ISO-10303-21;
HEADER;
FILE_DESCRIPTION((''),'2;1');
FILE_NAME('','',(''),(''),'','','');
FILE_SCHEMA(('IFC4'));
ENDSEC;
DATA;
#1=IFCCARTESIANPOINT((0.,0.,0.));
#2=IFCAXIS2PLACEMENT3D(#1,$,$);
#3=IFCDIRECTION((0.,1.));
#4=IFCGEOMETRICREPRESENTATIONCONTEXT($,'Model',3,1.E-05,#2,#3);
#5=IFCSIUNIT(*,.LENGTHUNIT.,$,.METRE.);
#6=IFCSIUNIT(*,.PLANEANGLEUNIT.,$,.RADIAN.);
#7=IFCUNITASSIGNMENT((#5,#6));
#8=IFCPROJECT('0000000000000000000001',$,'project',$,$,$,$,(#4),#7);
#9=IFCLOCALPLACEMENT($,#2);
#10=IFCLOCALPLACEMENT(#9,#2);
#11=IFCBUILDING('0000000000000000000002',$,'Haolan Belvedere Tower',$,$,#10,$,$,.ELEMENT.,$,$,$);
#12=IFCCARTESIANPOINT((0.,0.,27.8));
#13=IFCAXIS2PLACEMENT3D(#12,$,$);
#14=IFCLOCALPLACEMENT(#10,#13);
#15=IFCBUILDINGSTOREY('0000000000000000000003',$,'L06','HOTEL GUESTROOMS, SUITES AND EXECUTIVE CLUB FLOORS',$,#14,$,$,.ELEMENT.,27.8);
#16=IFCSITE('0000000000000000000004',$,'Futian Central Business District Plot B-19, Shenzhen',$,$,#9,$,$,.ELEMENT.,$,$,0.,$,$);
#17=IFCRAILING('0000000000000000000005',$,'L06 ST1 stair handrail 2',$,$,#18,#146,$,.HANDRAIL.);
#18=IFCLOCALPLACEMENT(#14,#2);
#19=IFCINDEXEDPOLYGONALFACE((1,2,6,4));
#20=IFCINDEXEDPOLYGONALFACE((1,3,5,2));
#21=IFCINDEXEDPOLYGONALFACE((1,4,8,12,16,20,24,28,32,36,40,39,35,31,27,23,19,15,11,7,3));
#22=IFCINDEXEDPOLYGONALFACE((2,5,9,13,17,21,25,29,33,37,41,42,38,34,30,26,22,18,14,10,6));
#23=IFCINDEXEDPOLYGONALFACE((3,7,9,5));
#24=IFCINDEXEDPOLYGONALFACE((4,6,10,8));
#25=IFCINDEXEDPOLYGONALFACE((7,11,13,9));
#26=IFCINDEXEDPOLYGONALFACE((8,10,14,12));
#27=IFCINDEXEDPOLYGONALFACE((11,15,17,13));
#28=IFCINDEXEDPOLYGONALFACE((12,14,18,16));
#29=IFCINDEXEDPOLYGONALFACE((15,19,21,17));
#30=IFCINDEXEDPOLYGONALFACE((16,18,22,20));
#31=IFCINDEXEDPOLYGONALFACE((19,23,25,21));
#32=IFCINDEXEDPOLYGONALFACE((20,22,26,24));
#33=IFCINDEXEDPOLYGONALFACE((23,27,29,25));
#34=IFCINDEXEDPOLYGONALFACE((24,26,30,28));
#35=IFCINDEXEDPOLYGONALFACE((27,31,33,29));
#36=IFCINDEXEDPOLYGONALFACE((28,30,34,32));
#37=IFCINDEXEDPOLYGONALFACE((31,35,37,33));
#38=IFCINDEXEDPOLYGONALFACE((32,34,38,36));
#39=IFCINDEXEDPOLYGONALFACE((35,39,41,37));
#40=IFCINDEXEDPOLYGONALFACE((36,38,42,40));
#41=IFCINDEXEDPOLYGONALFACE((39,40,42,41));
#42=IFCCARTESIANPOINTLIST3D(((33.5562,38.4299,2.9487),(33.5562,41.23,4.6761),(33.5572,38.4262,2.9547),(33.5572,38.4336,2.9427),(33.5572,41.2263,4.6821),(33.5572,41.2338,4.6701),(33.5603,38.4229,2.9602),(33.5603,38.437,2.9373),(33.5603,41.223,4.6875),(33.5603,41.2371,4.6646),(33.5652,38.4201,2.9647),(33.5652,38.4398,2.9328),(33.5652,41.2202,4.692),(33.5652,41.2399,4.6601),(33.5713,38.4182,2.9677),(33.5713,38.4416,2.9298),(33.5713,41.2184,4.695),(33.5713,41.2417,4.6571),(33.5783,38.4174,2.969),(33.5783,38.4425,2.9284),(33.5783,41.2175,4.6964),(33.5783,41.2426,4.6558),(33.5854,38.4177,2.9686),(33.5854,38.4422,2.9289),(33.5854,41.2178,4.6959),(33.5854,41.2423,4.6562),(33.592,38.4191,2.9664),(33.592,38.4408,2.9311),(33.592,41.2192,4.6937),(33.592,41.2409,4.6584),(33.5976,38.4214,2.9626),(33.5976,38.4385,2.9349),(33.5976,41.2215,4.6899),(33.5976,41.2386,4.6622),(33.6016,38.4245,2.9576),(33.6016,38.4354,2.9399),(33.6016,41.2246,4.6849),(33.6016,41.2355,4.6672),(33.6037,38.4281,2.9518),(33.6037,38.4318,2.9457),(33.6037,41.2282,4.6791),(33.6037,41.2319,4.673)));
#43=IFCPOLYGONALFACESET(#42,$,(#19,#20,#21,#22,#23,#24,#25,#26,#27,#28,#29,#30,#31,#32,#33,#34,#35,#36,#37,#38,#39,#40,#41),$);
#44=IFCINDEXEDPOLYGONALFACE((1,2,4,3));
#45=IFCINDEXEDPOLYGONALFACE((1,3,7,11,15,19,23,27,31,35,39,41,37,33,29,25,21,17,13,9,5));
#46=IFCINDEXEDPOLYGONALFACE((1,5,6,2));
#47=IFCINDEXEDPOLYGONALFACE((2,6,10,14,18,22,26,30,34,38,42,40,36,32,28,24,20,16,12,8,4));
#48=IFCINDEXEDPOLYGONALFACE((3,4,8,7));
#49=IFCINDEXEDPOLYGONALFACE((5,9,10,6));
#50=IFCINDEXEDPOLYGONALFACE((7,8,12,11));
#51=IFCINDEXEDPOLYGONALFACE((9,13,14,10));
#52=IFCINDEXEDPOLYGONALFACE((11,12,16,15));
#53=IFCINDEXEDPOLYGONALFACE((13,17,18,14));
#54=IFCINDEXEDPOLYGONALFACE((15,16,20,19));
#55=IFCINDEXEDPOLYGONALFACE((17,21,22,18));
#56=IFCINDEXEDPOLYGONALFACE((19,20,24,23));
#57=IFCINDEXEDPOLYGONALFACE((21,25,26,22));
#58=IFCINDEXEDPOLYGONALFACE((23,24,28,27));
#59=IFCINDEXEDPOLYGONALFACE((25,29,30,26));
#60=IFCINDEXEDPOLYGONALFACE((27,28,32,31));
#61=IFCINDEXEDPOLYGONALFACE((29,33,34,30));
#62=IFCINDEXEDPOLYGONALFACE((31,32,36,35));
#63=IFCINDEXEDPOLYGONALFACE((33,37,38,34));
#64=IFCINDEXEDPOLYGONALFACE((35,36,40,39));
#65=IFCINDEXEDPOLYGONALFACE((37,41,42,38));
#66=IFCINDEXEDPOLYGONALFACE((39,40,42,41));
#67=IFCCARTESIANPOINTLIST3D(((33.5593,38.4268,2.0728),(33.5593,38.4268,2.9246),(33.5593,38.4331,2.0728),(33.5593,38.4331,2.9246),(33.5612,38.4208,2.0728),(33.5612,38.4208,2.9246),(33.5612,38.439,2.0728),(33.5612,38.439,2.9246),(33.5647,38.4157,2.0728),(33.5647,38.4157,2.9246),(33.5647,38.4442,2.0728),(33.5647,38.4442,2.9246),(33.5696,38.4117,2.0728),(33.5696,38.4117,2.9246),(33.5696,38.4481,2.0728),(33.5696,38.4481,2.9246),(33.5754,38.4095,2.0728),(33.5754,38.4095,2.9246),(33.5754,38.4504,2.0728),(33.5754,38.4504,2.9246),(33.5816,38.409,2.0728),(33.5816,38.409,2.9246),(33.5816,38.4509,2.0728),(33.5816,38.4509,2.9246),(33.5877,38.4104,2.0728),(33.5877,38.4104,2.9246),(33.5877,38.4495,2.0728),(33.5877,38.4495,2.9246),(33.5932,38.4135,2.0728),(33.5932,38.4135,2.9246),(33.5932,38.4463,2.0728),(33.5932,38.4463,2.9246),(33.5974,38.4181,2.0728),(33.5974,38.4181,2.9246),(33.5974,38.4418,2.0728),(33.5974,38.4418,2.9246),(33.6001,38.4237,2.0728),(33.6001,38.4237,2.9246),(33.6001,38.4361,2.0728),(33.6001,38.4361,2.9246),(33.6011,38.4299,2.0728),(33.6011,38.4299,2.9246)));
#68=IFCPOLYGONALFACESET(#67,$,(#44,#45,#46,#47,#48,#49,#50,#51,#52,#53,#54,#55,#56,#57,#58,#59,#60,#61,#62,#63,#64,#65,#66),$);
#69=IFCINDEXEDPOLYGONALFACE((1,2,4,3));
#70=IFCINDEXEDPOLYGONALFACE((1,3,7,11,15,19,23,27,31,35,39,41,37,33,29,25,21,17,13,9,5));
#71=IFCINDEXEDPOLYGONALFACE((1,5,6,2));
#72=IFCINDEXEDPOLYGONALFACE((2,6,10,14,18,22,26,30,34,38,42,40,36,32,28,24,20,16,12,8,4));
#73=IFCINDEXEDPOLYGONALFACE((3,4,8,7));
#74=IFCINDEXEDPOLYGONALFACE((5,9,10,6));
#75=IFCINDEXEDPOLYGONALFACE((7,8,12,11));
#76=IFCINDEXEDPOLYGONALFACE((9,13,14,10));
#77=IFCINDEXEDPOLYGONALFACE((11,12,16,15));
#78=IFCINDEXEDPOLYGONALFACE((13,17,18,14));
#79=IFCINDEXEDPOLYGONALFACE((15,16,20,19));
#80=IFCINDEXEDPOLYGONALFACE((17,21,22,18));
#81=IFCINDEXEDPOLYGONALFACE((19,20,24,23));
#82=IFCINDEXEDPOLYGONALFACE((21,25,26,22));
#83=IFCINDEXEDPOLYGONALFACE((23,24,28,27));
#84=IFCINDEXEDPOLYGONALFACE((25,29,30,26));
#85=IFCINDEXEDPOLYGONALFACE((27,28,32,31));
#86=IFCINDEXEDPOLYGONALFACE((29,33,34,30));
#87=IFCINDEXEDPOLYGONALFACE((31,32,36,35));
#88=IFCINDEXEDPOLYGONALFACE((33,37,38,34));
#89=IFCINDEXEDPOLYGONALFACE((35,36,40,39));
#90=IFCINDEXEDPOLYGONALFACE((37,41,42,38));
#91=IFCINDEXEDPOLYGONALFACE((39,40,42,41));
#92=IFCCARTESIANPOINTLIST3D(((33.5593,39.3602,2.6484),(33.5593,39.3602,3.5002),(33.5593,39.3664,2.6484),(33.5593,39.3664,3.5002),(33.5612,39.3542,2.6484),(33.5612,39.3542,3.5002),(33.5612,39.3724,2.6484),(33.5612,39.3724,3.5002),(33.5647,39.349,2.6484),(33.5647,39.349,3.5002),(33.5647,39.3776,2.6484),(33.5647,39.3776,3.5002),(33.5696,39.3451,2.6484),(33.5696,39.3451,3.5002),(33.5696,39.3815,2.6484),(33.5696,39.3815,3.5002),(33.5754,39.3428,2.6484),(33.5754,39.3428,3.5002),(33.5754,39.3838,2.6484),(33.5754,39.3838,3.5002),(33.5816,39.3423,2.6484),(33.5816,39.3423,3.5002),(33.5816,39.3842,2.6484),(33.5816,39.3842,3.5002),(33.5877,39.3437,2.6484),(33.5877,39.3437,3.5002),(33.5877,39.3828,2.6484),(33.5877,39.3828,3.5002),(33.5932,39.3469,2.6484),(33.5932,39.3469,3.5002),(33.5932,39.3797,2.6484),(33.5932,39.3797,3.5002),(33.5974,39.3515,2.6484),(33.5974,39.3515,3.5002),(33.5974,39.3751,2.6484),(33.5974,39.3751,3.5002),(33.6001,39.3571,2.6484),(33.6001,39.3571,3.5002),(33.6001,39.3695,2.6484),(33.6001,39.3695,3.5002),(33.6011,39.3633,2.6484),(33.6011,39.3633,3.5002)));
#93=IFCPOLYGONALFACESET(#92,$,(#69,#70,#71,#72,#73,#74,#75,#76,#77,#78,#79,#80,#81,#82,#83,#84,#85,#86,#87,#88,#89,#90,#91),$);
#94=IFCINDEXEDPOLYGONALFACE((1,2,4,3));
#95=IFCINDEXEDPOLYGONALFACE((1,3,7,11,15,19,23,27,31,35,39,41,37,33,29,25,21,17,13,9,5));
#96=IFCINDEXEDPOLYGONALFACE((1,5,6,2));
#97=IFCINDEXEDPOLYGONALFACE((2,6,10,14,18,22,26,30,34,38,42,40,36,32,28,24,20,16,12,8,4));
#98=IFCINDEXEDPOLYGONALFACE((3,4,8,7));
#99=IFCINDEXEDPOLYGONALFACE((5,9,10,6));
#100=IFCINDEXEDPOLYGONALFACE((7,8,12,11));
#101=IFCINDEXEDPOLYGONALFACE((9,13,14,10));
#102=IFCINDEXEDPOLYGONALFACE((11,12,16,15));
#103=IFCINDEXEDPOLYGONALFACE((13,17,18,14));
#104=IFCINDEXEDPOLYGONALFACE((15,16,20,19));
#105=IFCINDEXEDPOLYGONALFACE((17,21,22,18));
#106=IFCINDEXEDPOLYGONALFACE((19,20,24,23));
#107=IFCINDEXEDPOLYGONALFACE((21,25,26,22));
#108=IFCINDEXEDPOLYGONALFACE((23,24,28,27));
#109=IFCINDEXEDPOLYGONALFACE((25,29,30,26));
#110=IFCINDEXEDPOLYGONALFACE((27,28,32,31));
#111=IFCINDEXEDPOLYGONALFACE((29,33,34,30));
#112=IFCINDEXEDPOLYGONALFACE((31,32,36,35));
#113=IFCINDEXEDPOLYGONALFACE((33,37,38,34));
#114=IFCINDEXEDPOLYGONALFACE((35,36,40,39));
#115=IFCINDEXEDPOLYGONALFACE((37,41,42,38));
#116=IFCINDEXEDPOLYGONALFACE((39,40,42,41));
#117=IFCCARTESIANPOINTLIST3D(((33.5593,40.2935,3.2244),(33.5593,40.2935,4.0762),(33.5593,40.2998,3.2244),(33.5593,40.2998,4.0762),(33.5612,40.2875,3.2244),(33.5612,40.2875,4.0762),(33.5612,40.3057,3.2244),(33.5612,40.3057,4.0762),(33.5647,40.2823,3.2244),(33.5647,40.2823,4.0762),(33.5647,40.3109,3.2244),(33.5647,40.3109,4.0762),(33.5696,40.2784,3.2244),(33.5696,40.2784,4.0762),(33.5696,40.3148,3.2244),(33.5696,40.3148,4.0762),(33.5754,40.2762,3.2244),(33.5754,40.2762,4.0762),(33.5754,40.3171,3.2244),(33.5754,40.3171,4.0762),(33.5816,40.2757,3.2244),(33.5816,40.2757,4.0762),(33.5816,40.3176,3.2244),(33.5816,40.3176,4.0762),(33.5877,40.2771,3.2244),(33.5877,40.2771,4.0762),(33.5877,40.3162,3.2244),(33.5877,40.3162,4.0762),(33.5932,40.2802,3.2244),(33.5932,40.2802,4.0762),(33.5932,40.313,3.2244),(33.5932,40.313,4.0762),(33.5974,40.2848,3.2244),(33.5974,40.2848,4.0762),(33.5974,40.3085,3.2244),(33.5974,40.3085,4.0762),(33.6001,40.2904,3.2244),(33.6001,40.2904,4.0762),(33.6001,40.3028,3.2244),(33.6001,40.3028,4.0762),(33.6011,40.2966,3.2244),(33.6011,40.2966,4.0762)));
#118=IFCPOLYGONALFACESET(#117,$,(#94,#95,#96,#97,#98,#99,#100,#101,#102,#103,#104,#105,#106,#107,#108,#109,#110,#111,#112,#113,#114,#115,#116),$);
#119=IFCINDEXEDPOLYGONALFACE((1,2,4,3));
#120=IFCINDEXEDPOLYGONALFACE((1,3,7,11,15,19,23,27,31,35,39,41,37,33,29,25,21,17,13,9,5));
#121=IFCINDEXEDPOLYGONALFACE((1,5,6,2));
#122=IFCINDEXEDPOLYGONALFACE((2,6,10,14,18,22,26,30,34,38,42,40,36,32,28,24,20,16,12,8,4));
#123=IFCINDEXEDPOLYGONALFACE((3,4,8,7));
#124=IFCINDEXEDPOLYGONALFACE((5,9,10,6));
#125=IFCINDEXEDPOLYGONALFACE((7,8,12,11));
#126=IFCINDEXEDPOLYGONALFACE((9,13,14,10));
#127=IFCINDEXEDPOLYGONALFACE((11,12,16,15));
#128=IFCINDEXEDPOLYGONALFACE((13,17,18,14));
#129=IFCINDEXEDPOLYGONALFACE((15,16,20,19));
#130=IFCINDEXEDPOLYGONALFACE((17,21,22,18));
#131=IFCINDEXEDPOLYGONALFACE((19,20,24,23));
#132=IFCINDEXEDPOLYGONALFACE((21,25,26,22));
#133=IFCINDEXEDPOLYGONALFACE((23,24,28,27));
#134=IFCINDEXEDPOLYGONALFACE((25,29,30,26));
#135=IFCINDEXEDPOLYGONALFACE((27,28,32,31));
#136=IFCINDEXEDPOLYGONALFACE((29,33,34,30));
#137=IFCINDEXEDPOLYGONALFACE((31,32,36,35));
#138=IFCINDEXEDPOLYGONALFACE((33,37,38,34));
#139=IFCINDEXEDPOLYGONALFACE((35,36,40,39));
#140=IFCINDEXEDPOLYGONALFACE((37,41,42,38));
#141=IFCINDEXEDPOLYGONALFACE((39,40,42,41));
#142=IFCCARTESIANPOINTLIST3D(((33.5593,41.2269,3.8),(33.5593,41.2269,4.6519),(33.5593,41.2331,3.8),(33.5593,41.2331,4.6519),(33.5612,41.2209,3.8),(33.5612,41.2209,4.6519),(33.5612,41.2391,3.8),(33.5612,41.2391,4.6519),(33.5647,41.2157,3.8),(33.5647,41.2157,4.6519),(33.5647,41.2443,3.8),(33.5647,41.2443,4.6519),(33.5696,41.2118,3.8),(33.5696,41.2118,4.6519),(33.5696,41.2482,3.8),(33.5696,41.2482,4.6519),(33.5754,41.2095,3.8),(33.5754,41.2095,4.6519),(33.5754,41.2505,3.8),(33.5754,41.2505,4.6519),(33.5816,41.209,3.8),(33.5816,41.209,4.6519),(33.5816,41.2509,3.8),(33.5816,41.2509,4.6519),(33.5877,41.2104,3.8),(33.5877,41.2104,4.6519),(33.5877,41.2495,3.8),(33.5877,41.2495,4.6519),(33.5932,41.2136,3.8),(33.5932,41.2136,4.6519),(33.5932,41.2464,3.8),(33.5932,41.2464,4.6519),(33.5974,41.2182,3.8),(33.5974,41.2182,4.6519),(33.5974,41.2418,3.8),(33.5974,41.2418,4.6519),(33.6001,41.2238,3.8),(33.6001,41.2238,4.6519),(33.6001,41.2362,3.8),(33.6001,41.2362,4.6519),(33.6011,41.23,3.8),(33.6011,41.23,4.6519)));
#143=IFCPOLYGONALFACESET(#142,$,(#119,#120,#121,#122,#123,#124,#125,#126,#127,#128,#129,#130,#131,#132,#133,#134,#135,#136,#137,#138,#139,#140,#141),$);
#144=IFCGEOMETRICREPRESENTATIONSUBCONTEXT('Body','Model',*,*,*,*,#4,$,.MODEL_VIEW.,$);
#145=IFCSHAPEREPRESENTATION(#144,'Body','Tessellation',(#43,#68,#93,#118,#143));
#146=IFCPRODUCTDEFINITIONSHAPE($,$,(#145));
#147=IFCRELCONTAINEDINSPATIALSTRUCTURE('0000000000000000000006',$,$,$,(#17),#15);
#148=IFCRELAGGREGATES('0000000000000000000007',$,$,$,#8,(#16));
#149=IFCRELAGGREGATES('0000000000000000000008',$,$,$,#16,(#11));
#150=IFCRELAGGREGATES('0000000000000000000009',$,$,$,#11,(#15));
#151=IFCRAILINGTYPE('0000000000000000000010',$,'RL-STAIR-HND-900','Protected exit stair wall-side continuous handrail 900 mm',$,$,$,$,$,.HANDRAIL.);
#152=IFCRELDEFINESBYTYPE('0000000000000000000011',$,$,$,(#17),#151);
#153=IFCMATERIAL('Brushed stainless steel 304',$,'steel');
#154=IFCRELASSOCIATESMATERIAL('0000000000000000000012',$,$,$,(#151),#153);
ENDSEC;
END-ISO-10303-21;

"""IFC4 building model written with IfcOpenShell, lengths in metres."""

from ifc_helpers import new_model, si_unit, direction, frame, origin, origin_2d, place, context, subcontext, project, spatial, circle, extrude, material, type_object, element, save


model = new_model("IFC4")

# Units and contexts
model_context = context("Model", 3, precision=1e-05, world=origin(), true_north=direction((0.0, 1.0)))
body_context = subcontext(model_context, "Body", "Model", "MODEL_VIEW")
ifc_project = project(units=[si_unit("LENGTHUNIT", "METRE"), si_unit("PLANEANGLEUNIT", "RADIAN")], contexts=[model_context])

# Site, building, storey
site_placement = place(None, origin())
site = spatial("IfcSite", under=ifc_project, at=site_placement, Name="Futian Central Business District Plot B-19, Shenzhen", CompositionType="ELEMENT", RefElevation=0.0)
building_placement = place(site_placement, origin())
building = spatial("IfcBuilding", under=site, at=building_placement, Name="Haolan Belvedere Tower", CompositionType="ELEMENT")
storey_placement = place(building_placement, frame((0.0, 0.0, 27.8)))
storey = spatial("IfcBuildingStorey", under=building, at=storey_placement, Name="L06", Description="HOTEL GUESTROOMS, SUITES AND EXECUTIVE CLUB FLOORS", CompositionType="ELEMENT", Elevation=27.8)

# Railing
ifc_material_1 = material(Name="Brushed stainless steel 304", Category="steel")
railing_type_1 = type_object("IfcRailingType", Name="RL-STAIR-HND-900", Description="Protected exit stair wall-side continuous handrail 900 mm", PredefinedType="HANDRAIL", material=ifc_material_1)
railing_1_placement = place(storey_placement, frame((33.5801, 38.4299, 2.0728)))
element("IfcRailing", 1, at=railing_1_placement, inside=storey, type_object=railing_type_1, Name="L06 ST1 stair handrail 2", PredefinedType="HANDRAIL", context=body_context, shape_type="SweptSolid", body=[
    extrude(circle(Radius=0.0239, at=origin_2d()), frame((0.0, 0.0, 0.876), z_axis=(0.0, 0.85109, 0.52502), x_axis=(-1.0, 0.0, 0.0)), (0.0, 0.0, 1.0), 3.29),
    extrude(circle(Radius=0.021, at=origin_2d()), origin(), (0.0, 0.0, 1.0), 0.8518),
    extrude(circle(Radius=0.021, at=origin_2d()), frame((0.0, 0.9333, 0.5757)), (0.0, 0.0, 1.0), 0.8518),
    extrude(circle(Radius=0.021, at=origin_2d()), frame((0.0, 1.8667, 1.1516)), (0.0, 0.0, 1.0), 0.8518),
    extrude(circle(Radius=0.021, at=origin_2d()), frame((0.0, 2.8, 1.7273)), (0.0, 0.0, 1.0), 0.8518),
])

save(model, "model.ifc")
